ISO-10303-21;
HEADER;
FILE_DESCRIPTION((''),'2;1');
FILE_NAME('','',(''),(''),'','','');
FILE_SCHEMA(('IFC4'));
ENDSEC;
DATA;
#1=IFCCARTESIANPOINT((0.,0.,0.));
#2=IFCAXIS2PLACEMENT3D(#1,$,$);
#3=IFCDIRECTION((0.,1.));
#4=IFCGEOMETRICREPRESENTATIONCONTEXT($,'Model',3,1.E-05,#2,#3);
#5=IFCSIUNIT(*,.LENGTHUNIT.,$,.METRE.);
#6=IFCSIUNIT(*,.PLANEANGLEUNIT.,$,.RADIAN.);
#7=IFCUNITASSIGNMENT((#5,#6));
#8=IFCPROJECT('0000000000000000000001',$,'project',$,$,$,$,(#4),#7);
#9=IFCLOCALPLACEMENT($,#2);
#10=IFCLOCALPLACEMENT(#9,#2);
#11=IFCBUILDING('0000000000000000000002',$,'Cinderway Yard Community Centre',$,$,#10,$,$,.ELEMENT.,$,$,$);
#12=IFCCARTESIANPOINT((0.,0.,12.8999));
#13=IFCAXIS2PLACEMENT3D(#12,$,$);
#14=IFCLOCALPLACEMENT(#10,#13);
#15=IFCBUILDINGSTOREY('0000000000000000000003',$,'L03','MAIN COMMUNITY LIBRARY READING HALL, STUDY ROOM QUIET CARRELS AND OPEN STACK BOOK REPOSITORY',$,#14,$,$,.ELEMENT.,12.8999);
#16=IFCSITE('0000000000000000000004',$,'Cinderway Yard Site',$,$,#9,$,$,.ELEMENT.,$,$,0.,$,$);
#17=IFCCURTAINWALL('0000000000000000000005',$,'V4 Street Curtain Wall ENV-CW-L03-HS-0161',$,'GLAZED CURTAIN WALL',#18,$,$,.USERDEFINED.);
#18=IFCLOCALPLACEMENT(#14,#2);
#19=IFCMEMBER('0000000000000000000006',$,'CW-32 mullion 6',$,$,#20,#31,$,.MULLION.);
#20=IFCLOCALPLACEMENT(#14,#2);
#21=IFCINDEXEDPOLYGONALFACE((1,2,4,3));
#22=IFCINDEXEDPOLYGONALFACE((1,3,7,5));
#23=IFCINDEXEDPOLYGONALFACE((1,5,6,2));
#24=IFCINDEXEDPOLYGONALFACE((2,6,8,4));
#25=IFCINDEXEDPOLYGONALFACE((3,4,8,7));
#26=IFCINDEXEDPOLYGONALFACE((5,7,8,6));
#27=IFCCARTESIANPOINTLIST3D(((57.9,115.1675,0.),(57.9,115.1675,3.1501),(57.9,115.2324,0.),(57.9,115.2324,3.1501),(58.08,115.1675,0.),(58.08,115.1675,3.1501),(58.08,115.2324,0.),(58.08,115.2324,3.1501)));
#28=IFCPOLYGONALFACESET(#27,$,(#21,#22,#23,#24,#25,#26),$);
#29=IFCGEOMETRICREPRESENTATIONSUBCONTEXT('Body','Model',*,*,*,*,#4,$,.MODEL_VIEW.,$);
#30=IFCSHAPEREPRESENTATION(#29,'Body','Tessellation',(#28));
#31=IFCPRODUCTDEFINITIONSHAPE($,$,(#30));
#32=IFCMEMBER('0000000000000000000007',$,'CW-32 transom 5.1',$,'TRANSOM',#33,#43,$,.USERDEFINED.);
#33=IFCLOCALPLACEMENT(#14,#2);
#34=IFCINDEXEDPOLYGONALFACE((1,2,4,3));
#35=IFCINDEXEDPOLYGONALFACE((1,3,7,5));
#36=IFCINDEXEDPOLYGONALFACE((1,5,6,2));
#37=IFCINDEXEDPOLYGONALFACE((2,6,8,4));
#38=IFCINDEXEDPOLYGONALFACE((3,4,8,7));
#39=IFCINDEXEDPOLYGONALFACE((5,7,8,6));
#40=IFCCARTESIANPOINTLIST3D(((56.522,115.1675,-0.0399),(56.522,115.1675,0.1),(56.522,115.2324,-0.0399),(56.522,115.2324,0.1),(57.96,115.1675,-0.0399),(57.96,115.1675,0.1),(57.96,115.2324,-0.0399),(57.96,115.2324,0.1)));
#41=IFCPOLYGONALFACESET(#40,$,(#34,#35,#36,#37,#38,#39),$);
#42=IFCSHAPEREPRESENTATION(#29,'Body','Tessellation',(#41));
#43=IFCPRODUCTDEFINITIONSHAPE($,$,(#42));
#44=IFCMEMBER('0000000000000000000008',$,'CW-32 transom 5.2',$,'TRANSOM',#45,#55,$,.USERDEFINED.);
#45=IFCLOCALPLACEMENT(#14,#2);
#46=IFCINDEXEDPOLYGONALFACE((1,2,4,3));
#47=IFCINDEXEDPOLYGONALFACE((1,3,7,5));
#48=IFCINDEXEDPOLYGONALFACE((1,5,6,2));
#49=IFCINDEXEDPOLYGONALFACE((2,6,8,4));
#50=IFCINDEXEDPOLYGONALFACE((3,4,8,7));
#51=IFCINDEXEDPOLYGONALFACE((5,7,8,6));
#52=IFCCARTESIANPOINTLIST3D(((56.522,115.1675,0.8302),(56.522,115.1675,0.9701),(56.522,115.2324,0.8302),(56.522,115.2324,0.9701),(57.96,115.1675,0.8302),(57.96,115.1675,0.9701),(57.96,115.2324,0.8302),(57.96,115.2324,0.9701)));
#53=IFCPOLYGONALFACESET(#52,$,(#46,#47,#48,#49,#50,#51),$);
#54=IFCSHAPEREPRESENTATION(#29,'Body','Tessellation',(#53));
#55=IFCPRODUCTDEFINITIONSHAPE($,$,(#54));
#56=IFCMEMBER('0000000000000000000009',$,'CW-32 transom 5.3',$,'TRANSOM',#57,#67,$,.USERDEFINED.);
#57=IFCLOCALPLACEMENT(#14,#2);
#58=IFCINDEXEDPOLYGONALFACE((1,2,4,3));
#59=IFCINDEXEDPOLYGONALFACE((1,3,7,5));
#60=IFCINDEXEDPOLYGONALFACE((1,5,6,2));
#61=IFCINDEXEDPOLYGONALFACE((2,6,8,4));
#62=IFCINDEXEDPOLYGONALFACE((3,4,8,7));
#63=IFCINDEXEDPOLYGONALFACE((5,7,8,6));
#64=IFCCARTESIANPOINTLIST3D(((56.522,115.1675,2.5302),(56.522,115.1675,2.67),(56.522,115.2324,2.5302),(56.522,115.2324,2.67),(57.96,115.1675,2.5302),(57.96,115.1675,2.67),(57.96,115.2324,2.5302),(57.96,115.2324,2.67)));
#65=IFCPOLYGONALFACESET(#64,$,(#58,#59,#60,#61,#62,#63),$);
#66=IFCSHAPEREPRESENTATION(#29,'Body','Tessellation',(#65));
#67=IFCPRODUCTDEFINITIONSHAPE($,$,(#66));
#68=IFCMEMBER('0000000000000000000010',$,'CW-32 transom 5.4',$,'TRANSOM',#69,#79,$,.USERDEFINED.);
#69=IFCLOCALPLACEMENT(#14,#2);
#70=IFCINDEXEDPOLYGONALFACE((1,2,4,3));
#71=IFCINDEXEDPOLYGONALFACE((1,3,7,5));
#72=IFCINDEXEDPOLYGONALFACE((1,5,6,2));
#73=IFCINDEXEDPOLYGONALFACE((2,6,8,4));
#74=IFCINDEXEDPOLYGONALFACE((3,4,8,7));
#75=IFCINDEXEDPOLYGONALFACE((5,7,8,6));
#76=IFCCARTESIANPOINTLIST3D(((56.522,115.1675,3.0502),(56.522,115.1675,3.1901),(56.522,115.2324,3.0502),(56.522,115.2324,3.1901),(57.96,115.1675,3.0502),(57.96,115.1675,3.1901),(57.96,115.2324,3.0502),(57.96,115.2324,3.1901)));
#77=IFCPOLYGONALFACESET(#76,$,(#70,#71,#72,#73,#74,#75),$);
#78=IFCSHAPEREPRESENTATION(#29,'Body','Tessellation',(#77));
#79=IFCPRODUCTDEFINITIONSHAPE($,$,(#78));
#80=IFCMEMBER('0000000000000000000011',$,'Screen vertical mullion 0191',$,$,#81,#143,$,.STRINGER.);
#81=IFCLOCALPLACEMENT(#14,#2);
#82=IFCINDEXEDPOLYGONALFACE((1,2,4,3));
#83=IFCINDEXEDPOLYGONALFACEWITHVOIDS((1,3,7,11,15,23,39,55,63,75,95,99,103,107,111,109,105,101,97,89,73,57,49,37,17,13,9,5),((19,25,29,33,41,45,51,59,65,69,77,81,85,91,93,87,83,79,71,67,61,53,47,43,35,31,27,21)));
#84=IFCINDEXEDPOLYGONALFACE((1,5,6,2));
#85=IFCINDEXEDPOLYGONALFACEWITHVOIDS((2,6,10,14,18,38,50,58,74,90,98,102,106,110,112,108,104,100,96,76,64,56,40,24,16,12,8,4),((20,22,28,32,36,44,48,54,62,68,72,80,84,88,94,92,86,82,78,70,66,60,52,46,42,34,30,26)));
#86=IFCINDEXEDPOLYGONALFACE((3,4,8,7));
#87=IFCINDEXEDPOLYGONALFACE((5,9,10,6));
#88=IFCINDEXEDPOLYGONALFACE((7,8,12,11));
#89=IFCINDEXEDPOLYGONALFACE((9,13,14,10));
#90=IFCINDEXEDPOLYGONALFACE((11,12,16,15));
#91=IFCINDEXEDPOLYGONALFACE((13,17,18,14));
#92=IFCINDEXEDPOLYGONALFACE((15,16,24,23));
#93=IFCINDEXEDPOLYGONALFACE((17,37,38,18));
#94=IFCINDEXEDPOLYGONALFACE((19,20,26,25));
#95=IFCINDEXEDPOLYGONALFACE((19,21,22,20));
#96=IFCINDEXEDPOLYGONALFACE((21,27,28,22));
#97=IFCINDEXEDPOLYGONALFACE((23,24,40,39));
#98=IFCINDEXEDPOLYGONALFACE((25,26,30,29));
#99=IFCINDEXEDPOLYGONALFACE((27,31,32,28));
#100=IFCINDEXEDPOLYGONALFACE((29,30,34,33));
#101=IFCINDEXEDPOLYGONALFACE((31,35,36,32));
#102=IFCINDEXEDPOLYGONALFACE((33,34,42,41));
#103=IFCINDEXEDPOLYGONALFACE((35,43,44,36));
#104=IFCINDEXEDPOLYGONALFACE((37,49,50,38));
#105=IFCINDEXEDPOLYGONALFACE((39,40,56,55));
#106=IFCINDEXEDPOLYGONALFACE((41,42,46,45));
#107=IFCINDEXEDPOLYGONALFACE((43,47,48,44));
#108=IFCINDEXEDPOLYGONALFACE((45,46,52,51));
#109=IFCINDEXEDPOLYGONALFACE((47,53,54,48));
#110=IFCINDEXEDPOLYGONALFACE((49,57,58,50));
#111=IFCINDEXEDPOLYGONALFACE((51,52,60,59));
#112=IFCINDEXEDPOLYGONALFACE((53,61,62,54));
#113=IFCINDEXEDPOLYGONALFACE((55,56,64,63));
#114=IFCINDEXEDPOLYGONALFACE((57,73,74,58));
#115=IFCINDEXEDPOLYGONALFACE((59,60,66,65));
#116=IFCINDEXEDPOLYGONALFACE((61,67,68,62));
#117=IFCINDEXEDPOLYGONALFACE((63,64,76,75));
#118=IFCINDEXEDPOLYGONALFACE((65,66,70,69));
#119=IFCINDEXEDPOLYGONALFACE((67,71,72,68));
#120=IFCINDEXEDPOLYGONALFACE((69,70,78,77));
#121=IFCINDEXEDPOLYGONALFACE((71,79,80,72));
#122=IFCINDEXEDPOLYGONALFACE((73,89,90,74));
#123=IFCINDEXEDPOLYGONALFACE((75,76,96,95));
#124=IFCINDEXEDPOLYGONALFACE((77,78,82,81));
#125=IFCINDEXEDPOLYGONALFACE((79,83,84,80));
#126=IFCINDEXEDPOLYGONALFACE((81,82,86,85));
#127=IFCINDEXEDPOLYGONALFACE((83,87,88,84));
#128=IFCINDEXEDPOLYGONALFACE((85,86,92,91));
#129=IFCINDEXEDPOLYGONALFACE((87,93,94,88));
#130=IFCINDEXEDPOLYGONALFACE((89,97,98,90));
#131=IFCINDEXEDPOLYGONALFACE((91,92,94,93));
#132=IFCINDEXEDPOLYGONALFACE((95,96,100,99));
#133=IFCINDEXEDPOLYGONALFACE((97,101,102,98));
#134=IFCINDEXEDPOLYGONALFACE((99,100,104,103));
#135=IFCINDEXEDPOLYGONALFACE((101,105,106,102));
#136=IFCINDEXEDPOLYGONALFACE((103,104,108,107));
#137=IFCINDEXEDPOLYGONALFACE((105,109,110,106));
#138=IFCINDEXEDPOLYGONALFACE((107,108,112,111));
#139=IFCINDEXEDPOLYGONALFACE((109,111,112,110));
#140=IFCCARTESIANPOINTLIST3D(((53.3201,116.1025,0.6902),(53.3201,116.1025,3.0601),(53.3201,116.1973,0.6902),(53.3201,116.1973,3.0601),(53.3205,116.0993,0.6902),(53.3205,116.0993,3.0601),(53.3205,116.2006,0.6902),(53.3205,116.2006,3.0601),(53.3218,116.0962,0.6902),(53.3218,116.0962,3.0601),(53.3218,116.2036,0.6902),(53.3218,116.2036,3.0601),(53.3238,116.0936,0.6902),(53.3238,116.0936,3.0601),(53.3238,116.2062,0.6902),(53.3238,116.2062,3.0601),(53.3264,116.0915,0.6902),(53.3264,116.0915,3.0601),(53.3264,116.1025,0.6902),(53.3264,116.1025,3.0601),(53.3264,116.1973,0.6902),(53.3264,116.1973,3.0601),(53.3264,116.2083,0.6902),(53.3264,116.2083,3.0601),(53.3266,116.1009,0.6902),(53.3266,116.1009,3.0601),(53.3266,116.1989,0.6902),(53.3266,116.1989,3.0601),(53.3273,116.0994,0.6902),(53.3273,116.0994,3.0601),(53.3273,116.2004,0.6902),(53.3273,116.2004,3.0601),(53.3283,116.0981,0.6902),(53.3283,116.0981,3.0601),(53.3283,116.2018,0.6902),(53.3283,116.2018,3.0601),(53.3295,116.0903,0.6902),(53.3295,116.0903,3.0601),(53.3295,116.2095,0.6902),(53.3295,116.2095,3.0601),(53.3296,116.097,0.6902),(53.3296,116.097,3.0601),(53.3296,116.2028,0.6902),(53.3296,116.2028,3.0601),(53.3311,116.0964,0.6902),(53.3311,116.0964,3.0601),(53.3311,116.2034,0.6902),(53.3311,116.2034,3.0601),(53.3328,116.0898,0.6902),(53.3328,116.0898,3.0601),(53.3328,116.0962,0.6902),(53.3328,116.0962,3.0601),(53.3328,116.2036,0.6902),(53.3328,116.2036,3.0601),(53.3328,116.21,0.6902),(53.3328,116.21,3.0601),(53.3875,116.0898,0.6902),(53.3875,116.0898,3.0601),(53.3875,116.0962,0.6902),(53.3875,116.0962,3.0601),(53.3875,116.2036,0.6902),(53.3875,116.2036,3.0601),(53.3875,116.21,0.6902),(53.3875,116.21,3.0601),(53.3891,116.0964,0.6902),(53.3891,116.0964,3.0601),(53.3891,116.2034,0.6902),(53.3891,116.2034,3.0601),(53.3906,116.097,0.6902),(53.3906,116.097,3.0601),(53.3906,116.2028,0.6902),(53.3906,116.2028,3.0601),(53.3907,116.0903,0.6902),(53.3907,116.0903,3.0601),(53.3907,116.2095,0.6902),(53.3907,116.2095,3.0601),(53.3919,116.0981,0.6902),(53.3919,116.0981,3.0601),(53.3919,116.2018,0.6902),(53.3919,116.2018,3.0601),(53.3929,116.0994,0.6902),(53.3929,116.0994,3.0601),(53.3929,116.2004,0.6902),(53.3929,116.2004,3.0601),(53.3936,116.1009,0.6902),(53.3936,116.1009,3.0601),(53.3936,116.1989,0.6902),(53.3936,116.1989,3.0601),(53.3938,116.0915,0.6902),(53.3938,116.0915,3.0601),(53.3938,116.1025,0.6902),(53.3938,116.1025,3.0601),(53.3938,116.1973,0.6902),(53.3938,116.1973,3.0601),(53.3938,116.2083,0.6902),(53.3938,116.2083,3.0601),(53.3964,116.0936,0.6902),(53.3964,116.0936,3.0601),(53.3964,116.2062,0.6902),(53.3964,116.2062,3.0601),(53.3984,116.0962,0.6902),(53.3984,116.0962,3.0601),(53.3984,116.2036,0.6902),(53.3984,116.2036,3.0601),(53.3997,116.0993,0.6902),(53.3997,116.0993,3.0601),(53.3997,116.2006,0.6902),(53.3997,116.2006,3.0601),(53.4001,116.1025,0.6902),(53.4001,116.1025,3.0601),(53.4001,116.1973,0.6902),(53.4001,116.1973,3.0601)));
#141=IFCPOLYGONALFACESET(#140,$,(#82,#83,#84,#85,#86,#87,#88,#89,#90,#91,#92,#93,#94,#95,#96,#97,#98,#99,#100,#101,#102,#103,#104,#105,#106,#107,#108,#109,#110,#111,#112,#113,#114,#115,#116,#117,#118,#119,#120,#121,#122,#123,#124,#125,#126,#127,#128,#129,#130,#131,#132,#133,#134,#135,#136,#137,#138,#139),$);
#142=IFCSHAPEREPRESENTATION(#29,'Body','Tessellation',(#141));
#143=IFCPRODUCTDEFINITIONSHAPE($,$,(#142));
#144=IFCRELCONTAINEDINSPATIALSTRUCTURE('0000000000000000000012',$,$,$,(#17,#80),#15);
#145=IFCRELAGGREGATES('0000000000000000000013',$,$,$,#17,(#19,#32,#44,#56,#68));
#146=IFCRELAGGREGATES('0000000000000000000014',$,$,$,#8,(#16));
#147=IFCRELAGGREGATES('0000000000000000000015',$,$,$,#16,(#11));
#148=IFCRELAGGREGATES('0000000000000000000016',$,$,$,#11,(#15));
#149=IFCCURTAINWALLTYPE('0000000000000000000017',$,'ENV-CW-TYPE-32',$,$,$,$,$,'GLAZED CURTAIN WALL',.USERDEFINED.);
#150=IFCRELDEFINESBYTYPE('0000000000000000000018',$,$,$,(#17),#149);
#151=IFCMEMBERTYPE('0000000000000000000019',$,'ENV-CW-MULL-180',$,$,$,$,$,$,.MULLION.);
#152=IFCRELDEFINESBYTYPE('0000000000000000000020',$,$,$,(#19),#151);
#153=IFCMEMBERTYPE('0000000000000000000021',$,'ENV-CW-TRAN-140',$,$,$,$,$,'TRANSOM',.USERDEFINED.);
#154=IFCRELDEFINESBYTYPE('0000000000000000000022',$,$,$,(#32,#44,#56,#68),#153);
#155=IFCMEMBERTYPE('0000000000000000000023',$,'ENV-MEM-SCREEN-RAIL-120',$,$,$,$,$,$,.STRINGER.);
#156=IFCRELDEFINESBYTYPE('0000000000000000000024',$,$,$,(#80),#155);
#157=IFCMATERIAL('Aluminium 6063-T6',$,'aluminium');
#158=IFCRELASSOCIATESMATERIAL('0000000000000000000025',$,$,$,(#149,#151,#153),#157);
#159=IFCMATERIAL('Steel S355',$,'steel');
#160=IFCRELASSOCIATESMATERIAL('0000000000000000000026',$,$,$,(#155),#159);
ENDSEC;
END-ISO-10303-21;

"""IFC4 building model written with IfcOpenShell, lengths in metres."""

from ifc_helpers import new_model, si_unit, direction, frame, origin, origin_2d, place, context, subcontext, project, spatial, rectangle, hollow_rectangle, extrude, material, material_profile, profile_set, type_object, element, aggregate, save


model = new_model("IFC4")

# Units and contexts
model_context = context("Model", 3, precision=1e-05, world=origin(), true_north=direction((0.0, 1.0)))
body_context = subcontext(model_context, "Body", "Model", "MODEL_VIEW")
ifc_project = project(units=[si_unit("LENGTHUNIT", "METRE"), si_unit("PLANEANGLEUNIT", "RADIAN")], contexts=[model_context])

# Site, building, storey
site_placement = place(None, origin())
site = spatial("IfcSite", under=ifc_project, at=site_placement, Name="Cinderway Yard Site", CompositionType="ELEMENT", RefElevation=0.0)
building_placement = place(site_placement, origin())
building = spatial("IfcBuilding", under=site, at=building_placement, Name="Cinderway Yard Community Centre", CompositionType="ELEMENT")
storey_placement = place(building_placement, frame((0.0, 0.0, 12.8999)))
storey = spatial("IfcBuildingStorey", under=building, at=storey_placement, Name="L03", Description="MAIN COMMUNITY LIBRARY READING HALL, STUDY ROOM QUIET CARRELS AND OPEN STACK BOOK REPOSITORY", CompositionType="ELEMENT", Elevation=12.8999)

# Curtain wall, members
ifc_material_1 = material(Name="Aluminium 6063-T6", Category="aluminium")
curtain_wall_type = type_object("IfcCurtainWallType", Name="ENV-CW-TYPE-32", ElementType="GLAZED CURTAIN WALL", PredefinedType="USERDEFINED", material=ifc_material_1)
curtain_wall_placement = place(storey_placement, origin())
curtain_wall = element("IfcCurtainWall", 1, at=curtain_wall_placement, inside=storey, type_object=curtain_wall_type, Name="V4 Street Curtain Wall ENV-CW-L03-HS-0161", ObjectType="GLAZED CURTAIN WALL", PredefinedType="USERDEFINED")
ifc_material_profile_1 = material_profile(ifc_material_1, rectangle(XDim=0.0649, YDim=0.1799, at=origin_2d()), Name="Aluminium 6063-T6")
ifc_profile_set_1 = profile_set([ifc_material_profile_1], Name="Aluminium 6063-T6")
member_type_1 = type_object("IfcMemberType", Name="ENV-CW-MULL-180", PredefinedType="MULLION", material=ifc_profile_set_1)
member_1_placement = place(storey_placement, frame((57.99, 115.2, 0.0), z_axis=(0.0, 0.0, 1.0), x_axis=(0.0, 1.0, 0.0)))
member_1 = element("IfcMember", 2, at=member_1_placement, type_object=member_type_1, Name="CW-32 mullion 6", PredefinedType="MULLION", context=body_context, shape_type="SweptSolid", body=[
    extrude(rectangle(XDim=0.0649, YDim=0.1799, at=origin_2d()), origin(), (0.0, 0.0, 1.0), 3.1501),
])
ifc_material_profile_2 = material_profile(ifc_material_1, rectangle(XDim=0.0649, YDim=0.1399, at=origin_2d()), Name="Aluminium 6063-T6")
ifc_profile_set_2 = profile_set([ifc_material_profile_2], Name="Aluminium 6063-T6")
member_type_2 = type_object("IfcMemberType", Name="ENV-CW-TRAN-140", ElementType="TRANSOM", PredefinedType="USERDEFINED", material=ifc_profile_set_2)
member_2_placement = place(storey_placement, frame((56.522, 115.2, 0.03), z_axis=(1.0, 0.0, 0.0), x_axis=(0.0, 1.0, 0.0)))
member_2 = element("IfcMember", 3, at=member_2_placement, type_object=member_type_2, Name="CW-32 transom 5.1", ObjectType="TRANSOM", PredefinedType="USERDEFINED", context=body_context, shape_type="SweptSolid", body=[
    extrude(rectangle(XDim=0.0649, YDim=0.1399, at=origin_2d()), origin(), (0.0, 0.0, 1.0), 1.438),
])
member_3_placement = place(storey_placement, frame((56.522, 115.2, 0.9001), z_axis=(1.0, 0.0, 0.0), x_axis=(0.0, 1.0, 0.0)))
member_3 = element("IfcMember", 4, at=member_3_placement, type_object=member_type_2, Name="CW-32 transom 5.2", ObjectType="TRANSOM", PredefinedType="USERDEFINED", context=body_context, shape_type="SweptSolid", body=[
    extrude(rectangle(XDim=0.0649, YDim=0.1399, at=origin_2d()), origin(), (0.0, 0.0, 1.0), 1.438),
])
member_4_placement = place(storey_placement, frame((56.522, 115.2, 2.6001), z_axis=(1.0, 0.0, 0.0), x_axis=(0.0, 1.0, 0.0)))
member_4 = element("IfcMember", 5, at=member_4_placement, type_object=member_type_2, Name="CW-32 transom 5.3", ObjectType="TRANSOM", PredefinedType="USERDEFINED", context=body_context, shape_type="SweptSolid", body=[
    extrude(rectangle(XDim=0.0649, YDim=0.1399, at=origin_2d()), origin(), (0.0, 0.0, 1.0), 1.438),
])
member_5_placement = place(storey_placement, frame((56.522, 115.2, 3.1201), z_axis=(1.0, 0.0, 0.0), x_axis=(0.0, 1.0, 0.0)))
member_5 = element("IfcMember", 6, at=member_5_placement, type_object=member_type_2, Name="CW-32 transom 5.4", ObjectType="TRANSOM", PredefinedType="USERDEFINED", context=body_context, shape_type="SweptSolid", body=[
    extrude(rectangle(XDim=0.0649, YDim=0.1399, at=origin_2d()), origin(), (0.0, 0.0, 1.0), 1.438),
])

# Member
ifc_material_2 = material(Name="Steel S355", Category="steel")
ifc_material_profile_3 = material_profile(ifc_material_2, hollow_rectangle(XDim=0.0801, YDim=0.1201, WallThickness=0.0063, InnerFilletRadius=0.0063, OuterFilletRadius=0.0127, at=origin_2d()), Name="Steel S355")
ifc_profile_set_3 = profile_set([ifc_material_profile_3], Name="Steel S355")
member_type_3 = type_object("IfcMemberType", Name="ENV-MEM-SCREEN-RAIL-120", PredefinedType="STRINGER", material=ifc_profile_set_3)
for number, where, z_axis, x_axis, name in (
    (7, (53.3601, 116.1499, 0.6902), (0.0, 0.0, 1.0), (1.0, 0.0, 0.0), "Screen vertical mullion 0191"),
):
    element("IfcMember", number, at=place(storey_placement, frame(where, z_axis=z_axis, x_axis=x_axis)), inside=storey, type_object=member_type_3, Name=name, PredefinedType="STRINGER", context=body_context, shape_type="SweptSolid", body=[
        extrude(hollow_rectangle(XDim=0.0801, YDim=0.1201, WallThickness=0.0063, InnerFilletRadius=0.0063, OuterFilletRadius=0.0127, at=origin_2d()), origin(), (0.0, 0.0, 1.0), 2.3699),
    ])

aggregate(curtain_wall, [member_1, member_2, member_3, member_4, member_5])

save(model, "model.ifc")
